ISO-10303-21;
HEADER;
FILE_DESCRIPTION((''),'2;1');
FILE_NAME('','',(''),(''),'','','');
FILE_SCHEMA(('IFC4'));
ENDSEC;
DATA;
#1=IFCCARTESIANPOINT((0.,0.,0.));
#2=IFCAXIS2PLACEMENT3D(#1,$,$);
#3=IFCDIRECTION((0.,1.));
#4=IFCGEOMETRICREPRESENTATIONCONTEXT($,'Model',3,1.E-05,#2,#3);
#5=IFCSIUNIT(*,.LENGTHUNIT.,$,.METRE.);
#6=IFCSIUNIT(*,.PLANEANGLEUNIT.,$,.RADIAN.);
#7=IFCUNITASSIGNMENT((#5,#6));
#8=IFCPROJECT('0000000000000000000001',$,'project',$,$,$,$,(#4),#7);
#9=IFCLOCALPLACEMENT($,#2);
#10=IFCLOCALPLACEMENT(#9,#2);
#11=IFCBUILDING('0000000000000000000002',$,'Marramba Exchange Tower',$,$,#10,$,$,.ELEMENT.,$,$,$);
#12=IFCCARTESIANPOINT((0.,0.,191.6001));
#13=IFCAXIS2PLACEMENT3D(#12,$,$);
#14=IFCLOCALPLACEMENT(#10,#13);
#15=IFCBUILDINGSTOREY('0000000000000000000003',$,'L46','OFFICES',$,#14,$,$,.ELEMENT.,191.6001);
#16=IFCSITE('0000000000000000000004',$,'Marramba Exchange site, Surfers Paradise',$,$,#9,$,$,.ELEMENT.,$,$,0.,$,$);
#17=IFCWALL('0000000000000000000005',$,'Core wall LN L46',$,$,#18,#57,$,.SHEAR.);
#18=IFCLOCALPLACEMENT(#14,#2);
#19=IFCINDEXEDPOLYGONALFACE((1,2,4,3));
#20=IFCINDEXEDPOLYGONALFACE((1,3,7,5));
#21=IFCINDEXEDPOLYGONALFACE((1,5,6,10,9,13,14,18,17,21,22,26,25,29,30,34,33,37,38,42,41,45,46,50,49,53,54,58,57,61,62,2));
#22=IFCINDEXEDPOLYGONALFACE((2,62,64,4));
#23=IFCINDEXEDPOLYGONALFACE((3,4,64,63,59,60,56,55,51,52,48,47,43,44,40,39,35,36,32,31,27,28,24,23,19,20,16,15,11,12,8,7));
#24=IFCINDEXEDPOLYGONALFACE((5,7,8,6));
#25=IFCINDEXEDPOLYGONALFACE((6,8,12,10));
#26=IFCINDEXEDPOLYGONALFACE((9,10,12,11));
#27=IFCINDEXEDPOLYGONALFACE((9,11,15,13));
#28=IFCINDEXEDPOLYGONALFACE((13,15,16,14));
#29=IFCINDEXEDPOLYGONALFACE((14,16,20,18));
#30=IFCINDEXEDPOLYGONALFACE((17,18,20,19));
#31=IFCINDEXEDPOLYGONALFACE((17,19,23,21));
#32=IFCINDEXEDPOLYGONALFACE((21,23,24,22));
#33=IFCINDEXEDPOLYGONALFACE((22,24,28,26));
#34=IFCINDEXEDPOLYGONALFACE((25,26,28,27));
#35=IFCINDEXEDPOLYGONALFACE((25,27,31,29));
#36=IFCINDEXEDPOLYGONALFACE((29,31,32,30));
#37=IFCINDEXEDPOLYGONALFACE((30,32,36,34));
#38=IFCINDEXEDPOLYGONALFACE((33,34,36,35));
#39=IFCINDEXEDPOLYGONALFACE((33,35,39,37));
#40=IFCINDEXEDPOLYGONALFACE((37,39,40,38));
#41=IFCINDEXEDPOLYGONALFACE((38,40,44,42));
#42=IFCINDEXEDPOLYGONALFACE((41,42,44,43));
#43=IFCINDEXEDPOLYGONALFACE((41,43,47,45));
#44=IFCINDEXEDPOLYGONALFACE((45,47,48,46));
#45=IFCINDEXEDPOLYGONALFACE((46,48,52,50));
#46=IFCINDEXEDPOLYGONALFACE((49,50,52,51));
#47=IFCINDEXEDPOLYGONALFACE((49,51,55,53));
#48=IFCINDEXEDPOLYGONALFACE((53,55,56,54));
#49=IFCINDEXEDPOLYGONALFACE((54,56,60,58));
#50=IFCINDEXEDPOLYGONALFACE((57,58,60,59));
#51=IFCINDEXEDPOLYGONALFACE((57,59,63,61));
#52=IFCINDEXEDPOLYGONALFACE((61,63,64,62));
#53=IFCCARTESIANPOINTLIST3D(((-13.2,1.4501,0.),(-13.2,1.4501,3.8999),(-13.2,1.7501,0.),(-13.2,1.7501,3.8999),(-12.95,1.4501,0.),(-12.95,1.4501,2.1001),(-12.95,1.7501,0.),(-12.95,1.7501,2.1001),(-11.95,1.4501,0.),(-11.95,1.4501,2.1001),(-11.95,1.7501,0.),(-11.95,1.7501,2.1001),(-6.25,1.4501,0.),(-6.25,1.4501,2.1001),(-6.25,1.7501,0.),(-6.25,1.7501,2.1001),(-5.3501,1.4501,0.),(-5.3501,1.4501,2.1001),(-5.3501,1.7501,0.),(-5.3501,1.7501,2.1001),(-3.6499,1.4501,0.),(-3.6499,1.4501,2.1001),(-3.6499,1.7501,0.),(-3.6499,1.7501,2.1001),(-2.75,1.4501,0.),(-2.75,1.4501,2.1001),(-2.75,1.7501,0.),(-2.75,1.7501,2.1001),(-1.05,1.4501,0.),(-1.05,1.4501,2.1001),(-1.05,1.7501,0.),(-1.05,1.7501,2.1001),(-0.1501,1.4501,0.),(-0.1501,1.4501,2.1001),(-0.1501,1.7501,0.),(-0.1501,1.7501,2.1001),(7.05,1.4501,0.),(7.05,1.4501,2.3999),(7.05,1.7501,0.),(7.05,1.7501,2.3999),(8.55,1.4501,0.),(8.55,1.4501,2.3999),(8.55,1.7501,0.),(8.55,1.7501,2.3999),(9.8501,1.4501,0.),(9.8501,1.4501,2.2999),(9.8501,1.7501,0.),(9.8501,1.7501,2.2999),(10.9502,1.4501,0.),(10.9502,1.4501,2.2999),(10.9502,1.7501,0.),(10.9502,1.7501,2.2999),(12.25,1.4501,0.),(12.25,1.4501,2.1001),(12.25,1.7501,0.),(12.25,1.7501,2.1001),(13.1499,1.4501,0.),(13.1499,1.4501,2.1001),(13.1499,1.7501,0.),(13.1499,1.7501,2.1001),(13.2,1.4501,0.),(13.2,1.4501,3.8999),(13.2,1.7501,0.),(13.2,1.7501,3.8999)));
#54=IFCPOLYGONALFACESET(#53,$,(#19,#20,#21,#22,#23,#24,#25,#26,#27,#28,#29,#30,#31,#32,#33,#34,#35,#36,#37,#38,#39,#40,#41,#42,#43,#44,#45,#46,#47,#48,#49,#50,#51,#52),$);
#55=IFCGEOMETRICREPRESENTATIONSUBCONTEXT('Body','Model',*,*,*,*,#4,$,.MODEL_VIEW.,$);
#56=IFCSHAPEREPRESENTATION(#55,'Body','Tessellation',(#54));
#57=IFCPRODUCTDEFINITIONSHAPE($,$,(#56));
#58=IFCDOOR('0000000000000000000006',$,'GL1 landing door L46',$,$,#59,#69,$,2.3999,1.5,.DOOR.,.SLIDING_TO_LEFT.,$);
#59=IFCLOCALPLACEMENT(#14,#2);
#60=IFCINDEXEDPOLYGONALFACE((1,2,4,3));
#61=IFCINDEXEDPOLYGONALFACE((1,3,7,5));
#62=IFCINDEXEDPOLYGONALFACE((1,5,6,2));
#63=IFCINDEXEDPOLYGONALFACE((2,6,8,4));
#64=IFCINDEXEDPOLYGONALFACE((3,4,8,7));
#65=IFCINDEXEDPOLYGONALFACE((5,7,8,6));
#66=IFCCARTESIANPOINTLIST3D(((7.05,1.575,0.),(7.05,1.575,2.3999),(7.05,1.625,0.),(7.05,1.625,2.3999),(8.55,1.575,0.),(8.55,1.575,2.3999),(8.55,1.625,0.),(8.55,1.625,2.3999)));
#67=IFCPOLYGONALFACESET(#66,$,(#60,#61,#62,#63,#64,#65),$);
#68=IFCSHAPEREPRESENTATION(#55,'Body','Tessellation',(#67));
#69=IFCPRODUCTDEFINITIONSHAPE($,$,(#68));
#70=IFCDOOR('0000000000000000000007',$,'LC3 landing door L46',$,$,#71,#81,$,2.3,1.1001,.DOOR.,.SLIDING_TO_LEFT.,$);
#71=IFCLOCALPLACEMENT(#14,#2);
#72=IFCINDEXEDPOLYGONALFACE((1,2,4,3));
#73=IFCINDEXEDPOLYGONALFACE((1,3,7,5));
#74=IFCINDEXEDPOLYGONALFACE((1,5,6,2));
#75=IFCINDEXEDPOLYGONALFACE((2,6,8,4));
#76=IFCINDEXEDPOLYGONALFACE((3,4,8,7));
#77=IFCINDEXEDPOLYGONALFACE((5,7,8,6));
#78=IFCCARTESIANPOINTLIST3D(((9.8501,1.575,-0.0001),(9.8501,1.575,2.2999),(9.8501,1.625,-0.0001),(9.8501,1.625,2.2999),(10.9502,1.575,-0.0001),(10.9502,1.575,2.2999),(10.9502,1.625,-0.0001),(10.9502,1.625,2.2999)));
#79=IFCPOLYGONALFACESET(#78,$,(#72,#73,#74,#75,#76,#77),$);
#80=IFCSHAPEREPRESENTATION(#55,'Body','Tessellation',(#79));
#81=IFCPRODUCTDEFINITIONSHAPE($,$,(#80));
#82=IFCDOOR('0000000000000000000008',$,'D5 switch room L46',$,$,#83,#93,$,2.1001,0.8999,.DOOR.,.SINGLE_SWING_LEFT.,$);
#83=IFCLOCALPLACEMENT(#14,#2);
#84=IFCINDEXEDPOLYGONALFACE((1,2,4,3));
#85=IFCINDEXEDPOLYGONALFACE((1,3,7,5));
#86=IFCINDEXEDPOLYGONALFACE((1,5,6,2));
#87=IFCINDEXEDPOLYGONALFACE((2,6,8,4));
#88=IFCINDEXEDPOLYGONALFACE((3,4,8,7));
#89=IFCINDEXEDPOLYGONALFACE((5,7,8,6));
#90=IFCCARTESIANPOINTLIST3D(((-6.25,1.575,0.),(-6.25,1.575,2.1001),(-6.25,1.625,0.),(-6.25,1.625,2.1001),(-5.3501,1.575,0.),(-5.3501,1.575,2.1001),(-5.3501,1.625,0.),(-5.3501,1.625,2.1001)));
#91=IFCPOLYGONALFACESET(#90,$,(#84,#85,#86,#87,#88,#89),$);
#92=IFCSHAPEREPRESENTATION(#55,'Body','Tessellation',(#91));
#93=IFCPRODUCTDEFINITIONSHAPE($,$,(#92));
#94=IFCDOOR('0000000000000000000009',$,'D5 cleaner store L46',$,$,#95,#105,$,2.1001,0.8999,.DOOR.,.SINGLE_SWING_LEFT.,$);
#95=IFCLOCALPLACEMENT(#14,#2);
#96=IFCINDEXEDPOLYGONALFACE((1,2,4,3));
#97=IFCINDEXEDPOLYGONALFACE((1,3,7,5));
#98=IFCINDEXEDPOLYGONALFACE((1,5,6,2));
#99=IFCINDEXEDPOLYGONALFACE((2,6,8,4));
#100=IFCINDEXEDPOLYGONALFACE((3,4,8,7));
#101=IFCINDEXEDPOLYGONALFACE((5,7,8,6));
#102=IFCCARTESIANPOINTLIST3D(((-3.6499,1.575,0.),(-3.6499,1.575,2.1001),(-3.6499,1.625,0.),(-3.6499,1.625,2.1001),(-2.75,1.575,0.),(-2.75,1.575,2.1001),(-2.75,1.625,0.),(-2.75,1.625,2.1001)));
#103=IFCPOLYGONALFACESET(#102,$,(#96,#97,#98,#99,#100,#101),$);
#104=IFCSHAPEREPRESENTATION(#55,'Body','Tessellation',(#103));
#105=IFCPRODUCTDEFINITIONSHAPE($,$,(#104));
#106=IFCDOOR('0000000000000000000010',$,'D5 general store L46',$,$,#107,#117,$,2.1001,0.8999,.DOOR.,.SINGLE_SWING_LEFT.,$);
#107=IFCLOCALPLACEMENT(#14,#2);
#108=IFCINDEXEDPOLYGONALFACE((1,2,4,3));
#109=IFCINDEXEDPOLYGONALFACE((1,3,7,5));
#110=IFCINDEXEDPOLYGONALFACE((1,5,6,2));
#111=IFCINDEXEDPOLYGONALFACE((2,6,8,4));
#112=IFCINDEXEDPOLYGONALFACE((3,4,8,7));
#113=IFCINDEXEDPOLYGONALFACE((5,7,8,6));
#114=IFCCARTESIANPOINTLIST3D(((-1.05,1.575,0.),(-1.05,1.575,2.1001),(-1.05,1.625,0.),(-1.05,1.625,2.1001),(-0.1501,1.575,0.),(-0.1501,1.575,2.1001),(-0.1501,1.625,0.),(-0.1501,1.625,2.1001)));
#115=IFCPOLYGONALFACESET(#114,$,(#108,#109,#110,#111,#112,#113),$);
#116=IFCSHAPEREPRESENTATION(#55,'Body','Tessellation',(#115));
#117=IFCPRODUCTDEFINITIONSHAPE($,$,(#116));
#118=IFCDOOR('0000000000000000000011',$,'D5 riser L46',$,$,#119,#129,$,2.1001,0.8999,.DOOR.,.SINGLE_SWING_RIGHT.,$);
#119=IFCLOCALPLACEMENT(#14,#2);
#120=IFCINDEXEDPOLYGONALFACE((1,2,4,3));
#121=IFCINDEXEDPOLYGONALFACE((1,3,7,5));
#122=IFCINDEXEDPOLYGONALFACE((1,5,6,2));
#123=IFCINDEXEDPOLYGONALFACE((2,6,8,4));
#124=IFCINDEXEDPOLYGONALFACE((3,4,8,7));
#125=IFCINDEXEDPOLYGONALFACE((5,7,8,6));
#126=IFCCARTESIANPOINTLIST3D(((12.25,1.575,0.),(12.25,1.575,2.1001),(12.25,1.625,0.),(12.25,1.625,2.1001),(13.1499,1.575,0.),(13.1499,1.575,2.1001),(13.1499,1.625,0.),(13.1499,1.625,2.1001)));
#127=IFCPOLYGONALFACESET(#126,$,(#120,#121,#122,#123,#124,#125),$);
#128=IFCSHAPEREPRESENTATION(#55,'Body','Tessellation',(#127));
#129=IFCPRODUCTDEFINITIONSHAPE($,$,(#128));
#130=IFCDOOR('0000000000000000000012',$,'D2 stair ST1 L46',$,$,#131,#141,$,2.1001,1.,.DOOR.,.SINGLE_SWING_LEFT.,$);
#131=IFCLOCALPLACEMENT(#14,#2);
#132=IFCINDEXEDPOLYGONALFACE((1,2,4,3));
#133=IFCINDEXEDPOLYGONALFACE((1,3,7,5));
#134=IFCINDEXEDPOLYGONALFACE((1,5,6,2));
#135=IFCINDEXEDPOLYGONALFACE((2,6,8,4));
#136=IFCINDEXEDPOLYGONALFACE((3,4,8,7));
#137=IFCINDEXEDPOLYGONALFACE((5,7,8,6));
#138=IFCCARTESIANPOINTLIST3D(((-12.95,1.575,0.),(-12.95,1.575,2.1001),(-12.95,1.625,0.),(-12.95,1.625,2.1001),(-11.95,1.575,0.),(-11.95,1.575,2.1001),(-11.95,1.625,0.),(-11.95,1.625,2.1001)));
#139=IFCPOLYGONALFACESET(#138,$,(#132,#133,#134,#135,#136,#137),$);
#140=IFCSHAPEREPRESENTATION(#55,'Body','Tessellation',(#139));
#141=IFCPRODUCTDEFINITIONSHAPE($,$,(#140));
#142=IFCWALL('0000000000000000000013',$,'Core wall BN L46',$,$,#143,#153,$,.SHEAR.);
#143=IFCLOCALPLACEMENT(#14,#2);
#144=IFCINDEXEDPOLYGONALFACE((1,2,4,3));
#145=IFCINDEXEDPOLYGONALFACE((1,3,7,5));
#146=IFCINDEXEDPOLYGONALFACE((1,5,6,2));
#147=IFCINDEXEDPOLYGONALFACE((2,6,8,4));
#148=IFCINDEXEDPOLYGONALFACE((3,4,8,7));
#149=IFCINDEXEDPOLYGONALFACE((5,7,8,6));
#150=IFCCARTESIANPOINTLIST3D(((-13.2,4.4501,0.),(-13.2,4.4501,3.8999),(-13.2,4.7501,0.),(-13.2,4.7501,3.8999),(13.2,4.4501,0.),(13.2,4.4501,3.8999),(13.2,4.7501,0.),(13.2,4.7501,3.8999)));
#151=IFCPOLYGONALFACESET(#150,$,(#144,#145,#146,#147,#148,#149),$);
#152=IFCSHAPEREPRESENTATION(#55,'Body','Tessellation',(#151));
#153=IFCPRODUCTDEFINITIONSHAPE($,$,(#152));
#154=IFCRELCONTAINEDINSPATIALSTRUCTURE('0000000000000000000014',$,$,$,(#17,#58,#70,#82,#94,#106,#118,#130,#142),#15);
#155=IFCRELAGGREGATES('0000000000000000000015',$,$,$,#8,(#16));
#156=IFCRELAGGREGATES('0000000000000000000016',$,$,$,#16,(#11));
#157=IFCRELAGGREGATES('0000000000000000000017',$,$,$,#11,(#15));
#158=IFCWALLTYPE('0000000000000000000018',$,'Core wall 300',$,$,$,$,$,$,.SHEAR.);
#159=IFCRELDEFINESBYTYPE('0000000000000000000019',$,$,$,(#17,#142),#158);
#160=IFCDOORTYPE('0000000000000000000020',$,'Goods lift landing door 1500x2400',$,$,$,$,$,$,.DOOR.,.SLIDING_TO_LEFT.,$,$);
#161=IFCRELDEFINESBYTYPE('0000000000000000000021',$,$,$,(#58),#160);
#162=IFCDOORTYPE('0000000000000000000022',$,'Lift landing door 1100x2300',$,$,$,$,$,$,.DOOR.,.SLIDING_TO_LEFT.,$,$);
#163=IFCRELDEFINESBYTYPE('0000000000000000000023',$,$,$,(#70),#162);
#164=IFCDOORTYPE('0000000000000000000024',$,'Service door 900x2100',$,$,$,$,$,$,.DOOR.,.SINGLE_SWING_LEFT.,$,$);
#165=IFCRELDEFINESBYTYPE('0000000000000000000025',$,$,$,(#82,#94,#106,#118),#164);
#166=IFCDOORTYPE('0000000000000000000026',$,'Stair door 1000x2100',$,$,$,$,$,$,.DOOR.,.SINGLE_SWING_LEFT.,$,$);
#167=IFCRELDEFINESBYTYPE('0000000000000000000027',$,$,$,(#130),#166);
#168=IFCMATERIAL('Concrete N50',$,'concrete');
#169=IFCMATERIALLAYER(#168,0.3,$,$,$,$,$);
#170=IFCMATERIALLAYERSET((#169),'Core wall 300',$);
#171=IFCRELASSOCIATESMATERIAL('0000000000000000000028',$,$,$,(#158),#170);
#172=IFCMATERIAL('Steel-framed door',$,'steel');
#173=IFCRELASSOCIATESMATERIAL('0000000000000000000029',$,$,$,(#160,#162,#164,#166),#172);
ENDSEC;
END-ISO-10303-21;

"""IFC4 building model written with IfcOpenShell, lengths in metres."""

from ifc_helpers import new_model, si_unit, direction, frame, frame_2d, origin, place, context, subcontext, project, spatial, rectangle, extrude, material, layer, layer_set, type_object, element, fill, save


model = new_model("IFC4")

# Units and contexts
model_context = context("Model", 3, precision=1e-05, world=origin(), true_north=direction((0.0, 1.0)))
body_context = subcontext(model_context, "Body", "Model", "MODEL_VIEW")
ifc_project = project(units=[si_unit("LENGTHUNIT", "METRE"), si_unit("PLANEANGLEUNIT", "RADIAN")], contexts=[model_context])

# Site, building, storey
site_placement = place(None, origin())
site = spatial("IfcSite", under=ifc_project, at=site_placement, Name="Marramba Exchange site, Surfers Paradise", CompositionType="ELEMENT", RefElevation=0.0)
building_placement = place(site_placement, origin())
building = spatial("IfcBuilding", under=site, at=building_placement, Name="Marramba Exchange Tower", CompositionType="ELEMENT")
storey_placement = place(building_placement, frame((0.0, 0.0, 191.6001)))
storey = spatial("IfcBuildingStorey", under=building, at=storey_placement, Name="L46", Description="OFFICES", CompositionType="ELEMENT", Elevation=191.6001)

# Shared definitions
ifc_material_1 = material(Name="Concrete N50", Category="concrete")

# Shared definitions
ifc_material_2 = material(Name="Steel-framed door", Category="steel")

# Wall, openings, doors
ifc_layer_1 = layer(ifc_material_1, 0.3)
ifc_layer_set_1 = layer_set([ifc_layer_1], Name="Core wall 300")
wall_type_1 = type_object("IfcWallType", Name="Core wall 300", PredefinedType="SHEAR", material=ifc_layer_set_1)
wall_1_placement = place(storey_placement, frame((-13.2, 1.6001, 0.0), z_axis=(0.0, 0.0, 1.0), x_axis=(1.0, 0.0, 0.0)))
wall_1 = element("IfcWall", 1, at=wall_1_placement, inside=storey, type_object=wall_type_1, Name="Core wall LN L46", PredefinedType="SHEAR", context=body_context, shape_type="SweptSolid", body=[
    extrude(rectangle(XDim=26.3999, YDim=0.3, at=frame_2d((13.2, 0.0))), origin(), (0.0, 0.0, 1.0), 3.8999),
])
opening_1_placement = place(wall_1_placement, frame((0.25, 0.0, 0.0)))
opening_1 = element("IfcOpeningElement", 2, at=opening_1_placement, cuts=wall_1, PredefinedType="OPENING", context=body_context, shape_type="SweptSolid", body=[
    extrude(rectangle(XDim=1.0, YDim=2.1001, at=frame_2d((0.5, 1.05))), frame((0.0, 0.1599, 0.0), z_axis=(0.0, -1.0, 0.0), x_axis=(1.0, 0.0, 0.0)), (0.0, 0.0, 1.0), 0.3201),
])
opening_2_placement = place(wall_1_placement, frame((23.05, 0.0, 0.0)))
opening_2 = element("IfcOpeningElement", 3, at=opening_2_placement, cuts=wall_1, PredefinedType="OPENING", context=body_context, shape_type="SweptSolid", body=[
    extrude(rectangle(XDim=1.1001, YDim=2.3, at=frame_2d((0.55, 1.1499))), frame((0.0, 0.1599, 0.0), z_axis=(0.0, -1.0, 0.0), x_axis=(1.0, 0.0, 0.0)), (0.0, 0.0, 1.0), 0.3201),
])
opening_3_placement = place(wall_1_placement, frame((20.25, 0.0, 0.0)))
opening_3 = element("IfcOpeningElement", 4, at=opening_3_placement, cuts=wall_1, PredefinedType="OPENING", context=body_context, shape_type="SweptSolid", body=[
    extrude(rectangle(XDim=1.5, YDim=2.3999, at=frame_2d((0.75, 1.2))), frame((0.0, 0.1599, 0.0), z_axis=(0.0, -1.0, 0.0), x_axis=(1.0, 0.0, 0.0)), (0.0, 0.0, 1.0), 0.3201),
])
opening_4_placement = place(wall_1_placement, frame((6.95, 0.0, 0.0)))
opening_4 = element("IfcOpeningElement", 5, at=opening_4_placement, cuts=wall_1, PredefinedType="OPENING", context=body_context, shape_type="SweptSolid", body=[
    extrude(rectangle(XDim=0.8999, YDim=2.1001, at=frame_2d((0.45, 1.05))), frame((0.0, 0.1599, 0.0), z_axis=(0.0, -1.0, 0.0), x_axis=(1.0, 0.0, 0.0)), (0.0, 0.0, 1.0), 0.3201),
])
opening_5_placement = place(wall_1_placement, frame((9.55, 0.0, 0.0)))
opening_5 = element("IfcOpeningElement", 6, at=opening_5_placement, cuts=wall_1, PredefinedType="OPENING", context=body_context, shape_type="SweptSolid", body=[
    extrude(rectangle(XDim=0.8999, YDim=2.1001, at=frame_2d((0.45, 1.05))), frame((0.0, 0.1599, 0.0), z_axis=(0.0, -1.0, 0.0), x_axis=(1.0, 0.0, 0.0)), (0.0, 0.0, 1.0), 0.3201),
])
opening_6_placement = place(wall_1_placement, frame((12.1499, 0.0, 0.0)))
opening_6 = element("IfcOpeningElement", 7, at=opening_6_placement, cuts=wall_1, PredefinedType="OPENING", context=body_context, shape_type="SweptSolid", body=[
    extrude(rectangle(XDim=0.8999, YDim=2.1001, at=frame_2d((0.45, 1.05))), frame((0.0, 0.1599, 0.0), z_axis=(0.0, -1.0, 0.0), x_axis=(1.0, 0.0, 0.0)), (0.0, 0.0, 1.0), 0.3201),
])
opening_7_placement = place(wall_1_placement, frame((25.45, 0.0, 0.0)))
opening_7 = element("IfcOpeningElement", 8, at=opening_7_placement, cuts=wall_1, PredefinedType="OPENING", context=body_context, shape_type="SweptSolid", body=[
    extrude(rectangle(XDim=0.8999, YDim=2.1001, at=frame_2d((0.45, 1.05))), frame((0.0, 0.1599, 0.0), z_axis=(0.0, -1.0, 0.0), x_axis=(1.0, 0.0, 0.0)), (0.0, 0.0, 1.0), 0.3201),
])
door_type_1 = type_object("IfcDoorType", Name="Goods lift landing door 1500x2400", OperationType="SLIDING_TO_LEFT", PredefinedType="DOOR", material=ifc_material_2)
door_1_placement = place(opening_3_placement, origin())
door_1 = element("IfcDoor", 9, at=door_1_placement, inside=storey, type_object=door_type_1, Name="GL1 landing door L46", OperationType="SLIDING_TO_LEFT", OverallHeight=2.3999, OverallWidth=1.5, PredefinedType="DOOR", context=body_context, shape_type="SweptSolid", body=[
    extrude(rectangle(XDim=1.5, YDim=2.3999, at=frame_2d((0.75, 1.2))), frame((0.0, 0.0249, 0.0), z_axis=(0.0, -1.0, 0.0), x_axis=(1.0, 0.0, 0.0)), (0.0, 0.0, 1.0), 0.05),
])
fill(opening_3, door_1)
door_type_2 = type_object("IfcDoorType", Name="Lift landing door 1100x2300", OperationType="SLIDING_TO_LEFT", PredefinedType="DOOR", material=ifc_material_2)
door_2_placement = place(opening_2_placement, origin())
door_2 = element("IfcDoor", 10, at=door_2_placement, inside=storey, type_object=door_type_2, Name="LC3 landing door L46", OperationType="SLIDING_TO_LEFT", OverallHeight=2.3, OverallWidth=1.1001, PredefinedType="DOOR", context=body_context, shape_type="SweptSolid", body=[
    extrude(rectangle(XDim=1.1001, YDim=2.3, at=frame_2d((0.55, 1.1499))), frame((0.0, 0.0249, 0.0), z_axis=(0.0, -1.0, 0.0), x_axis=(1.0, 0.0, 0.0)), (0.0, 0.0, 1.0), 0.05),
])
fill(opening_2, door_2)
door_type_3 = type_object("IfcDoorType", Name="Service door 900x2100", OperationType="SINGLE_SWING_LEFT", PredefinedType="DOOR", material=ifc_material_2)
door_3_placement = place(opening_4_placement, origin())
door_3 = element("IfcDoor", 11, at=door_3_placement, inside=storey, type_object=door_type_3, Name="D5 switch room L46", OperationType="SINGLE_SWING_LEFT", OverallHeight=2.1001, OverallWidth=0.8999, PredefinedType="DOOR", context=body_context, shape_type="SweptSolid", body=[
    extrude(rectangle(XDim=0.8999, YDim=2.1001, at=frame_2d((0.45, 1.05))), frame((0.0, 0.0249, 0.0), z_axis=(0.0, -1.0, 0.0), x_axis=(1.0, 0.0, 0.0)), (0.0, 0.0, 1.0), 0.05),
])
fill(opening_4, door_3)
door_4_placement = place(opening_5_placement, origin())
door_4 = element("IfcDoor", 12, at=door_4_placement, inside=storey, type_object=door_type_3, Name="D5 cleaner store L46", OperationType="SINGLE_SWING_LEFT", OverallHeight=2.1001, OverallWidth=0.8999, PredefinedType="DOOR", context=body_context, shape_type="SweptSolid", body=[
    extrude(rectangle(XDim=0.8999, YDim=2.1001, at=frame_2d((0.45, 1.05))), frame((0.0, 0.0249, 0.0), z_axis=(0.0, -1.0, 0.0), x_axis=(1.0, 0.0, 0.0)), (0.0, 0.0, 1.0), 0.05),
])
fill(opening_5, door_4)
door_5_placement = place(opening_6_placement, origin())
door_5 = element("IfcDoor", 13, at=door_5_placement, inside=storey, type_object=door_type_3, Name="D5 general store L46", OperationType="SINGLE_SWING_LEFT", OverallHeight=2.1001, OverallWidth=0.8999, PredefinedType="DOOR", context=body_context, shape_type="SweptSolid", body=[
    extrude(rectangle(XDim=0.8999, YDim=2.1001, at=frame_2d((0.45, 1.05))), frame((0.0, 0.0249, 0.0), z_axis=(0.0, -1.0, 0.0), x_axis=(1.0, 0.0, 0.0)), (0.0, 0.0, 1.0), 0.05),
])
fill(opening_6, door_5)
door_6_placement = place(opening_7_placement, origin())
door_6 = element("IfcDoor", 14, at=door_6_placement, inside=storey, type_object=door_type_3, Name="D5 riser L46", OperationType="SINGLE_SWING_RIGHT", OverallHeight=2.1001, OverallWidth=0.8999, PredefinedType="DOOR", context=body_context, shape_type="SweptSolid", body=[
    extrude(rectangle(XDim=0.8999, YDim=2.1001, at=frame_2d((0.45, 1.05))), frame((0.0, 0.0249, 0.0), z_axis=(0.0, -1.0, 0.0), x_axis=(1.0, 0.0, 0.0)), (0.0, 0.0, 1.0), 0.05),
])
fill(opening_7, door_6)
door_type_4 = type_object("IfcDoorType", Name="Stair door 1000x2100", OperationType="SINGLE_SWING_LEFT", PredefinedType="DOOR", material=ifc_material_2)
door_7_placement = place(opening_1_placement, origin())
door_7 = element("IfcDoor", 15, at=door_7_placement, inside=storey, type_object=door_type_4, Name="D2 stair ST1 L46", OperationType="SINGLE_SWING_LEFT", OverallHeight=2.1001, OverallWidth=1.0, PredefinedType="DOOR", context=body_context, shape_type="SweptSolid", body=[
    extrude(rectangle(XDim=1.0, YDim=2.1001, at=frame_2d((0.5, 1.05))), frame((0.0, 0.0249, 0.0), z_axis=(0.0, -1.0, 0.0), x_axis=(1.0, 0.0, 0.0)), (0.0, 0.0, 1.0), 0.05),
])
fill(opening_1, door_7)

# Wall
wall_2_placement = place(storey_placement, frame((-13.2, 4.6001, 0.0), z_axis=(0.0, 0.0, 1.0), x_axis=(1.0, 0.0, 0.0)))
element("IfcWall", 16, at=wall_2_placement, inside=storey, type_object=wall_type_1, Name="Core wall BN L46", PredefinedType="SHEAR", context=body_context, shape_type="SweptSolid", body=[
    extrude(rectangle(XDim=26.3999, YDim=0.3, at=frame_2d((13.2, 0.0))), origin(), (0.0, 0.0, 1.0), 3.8999),
])

save(model, "model.ifc")
